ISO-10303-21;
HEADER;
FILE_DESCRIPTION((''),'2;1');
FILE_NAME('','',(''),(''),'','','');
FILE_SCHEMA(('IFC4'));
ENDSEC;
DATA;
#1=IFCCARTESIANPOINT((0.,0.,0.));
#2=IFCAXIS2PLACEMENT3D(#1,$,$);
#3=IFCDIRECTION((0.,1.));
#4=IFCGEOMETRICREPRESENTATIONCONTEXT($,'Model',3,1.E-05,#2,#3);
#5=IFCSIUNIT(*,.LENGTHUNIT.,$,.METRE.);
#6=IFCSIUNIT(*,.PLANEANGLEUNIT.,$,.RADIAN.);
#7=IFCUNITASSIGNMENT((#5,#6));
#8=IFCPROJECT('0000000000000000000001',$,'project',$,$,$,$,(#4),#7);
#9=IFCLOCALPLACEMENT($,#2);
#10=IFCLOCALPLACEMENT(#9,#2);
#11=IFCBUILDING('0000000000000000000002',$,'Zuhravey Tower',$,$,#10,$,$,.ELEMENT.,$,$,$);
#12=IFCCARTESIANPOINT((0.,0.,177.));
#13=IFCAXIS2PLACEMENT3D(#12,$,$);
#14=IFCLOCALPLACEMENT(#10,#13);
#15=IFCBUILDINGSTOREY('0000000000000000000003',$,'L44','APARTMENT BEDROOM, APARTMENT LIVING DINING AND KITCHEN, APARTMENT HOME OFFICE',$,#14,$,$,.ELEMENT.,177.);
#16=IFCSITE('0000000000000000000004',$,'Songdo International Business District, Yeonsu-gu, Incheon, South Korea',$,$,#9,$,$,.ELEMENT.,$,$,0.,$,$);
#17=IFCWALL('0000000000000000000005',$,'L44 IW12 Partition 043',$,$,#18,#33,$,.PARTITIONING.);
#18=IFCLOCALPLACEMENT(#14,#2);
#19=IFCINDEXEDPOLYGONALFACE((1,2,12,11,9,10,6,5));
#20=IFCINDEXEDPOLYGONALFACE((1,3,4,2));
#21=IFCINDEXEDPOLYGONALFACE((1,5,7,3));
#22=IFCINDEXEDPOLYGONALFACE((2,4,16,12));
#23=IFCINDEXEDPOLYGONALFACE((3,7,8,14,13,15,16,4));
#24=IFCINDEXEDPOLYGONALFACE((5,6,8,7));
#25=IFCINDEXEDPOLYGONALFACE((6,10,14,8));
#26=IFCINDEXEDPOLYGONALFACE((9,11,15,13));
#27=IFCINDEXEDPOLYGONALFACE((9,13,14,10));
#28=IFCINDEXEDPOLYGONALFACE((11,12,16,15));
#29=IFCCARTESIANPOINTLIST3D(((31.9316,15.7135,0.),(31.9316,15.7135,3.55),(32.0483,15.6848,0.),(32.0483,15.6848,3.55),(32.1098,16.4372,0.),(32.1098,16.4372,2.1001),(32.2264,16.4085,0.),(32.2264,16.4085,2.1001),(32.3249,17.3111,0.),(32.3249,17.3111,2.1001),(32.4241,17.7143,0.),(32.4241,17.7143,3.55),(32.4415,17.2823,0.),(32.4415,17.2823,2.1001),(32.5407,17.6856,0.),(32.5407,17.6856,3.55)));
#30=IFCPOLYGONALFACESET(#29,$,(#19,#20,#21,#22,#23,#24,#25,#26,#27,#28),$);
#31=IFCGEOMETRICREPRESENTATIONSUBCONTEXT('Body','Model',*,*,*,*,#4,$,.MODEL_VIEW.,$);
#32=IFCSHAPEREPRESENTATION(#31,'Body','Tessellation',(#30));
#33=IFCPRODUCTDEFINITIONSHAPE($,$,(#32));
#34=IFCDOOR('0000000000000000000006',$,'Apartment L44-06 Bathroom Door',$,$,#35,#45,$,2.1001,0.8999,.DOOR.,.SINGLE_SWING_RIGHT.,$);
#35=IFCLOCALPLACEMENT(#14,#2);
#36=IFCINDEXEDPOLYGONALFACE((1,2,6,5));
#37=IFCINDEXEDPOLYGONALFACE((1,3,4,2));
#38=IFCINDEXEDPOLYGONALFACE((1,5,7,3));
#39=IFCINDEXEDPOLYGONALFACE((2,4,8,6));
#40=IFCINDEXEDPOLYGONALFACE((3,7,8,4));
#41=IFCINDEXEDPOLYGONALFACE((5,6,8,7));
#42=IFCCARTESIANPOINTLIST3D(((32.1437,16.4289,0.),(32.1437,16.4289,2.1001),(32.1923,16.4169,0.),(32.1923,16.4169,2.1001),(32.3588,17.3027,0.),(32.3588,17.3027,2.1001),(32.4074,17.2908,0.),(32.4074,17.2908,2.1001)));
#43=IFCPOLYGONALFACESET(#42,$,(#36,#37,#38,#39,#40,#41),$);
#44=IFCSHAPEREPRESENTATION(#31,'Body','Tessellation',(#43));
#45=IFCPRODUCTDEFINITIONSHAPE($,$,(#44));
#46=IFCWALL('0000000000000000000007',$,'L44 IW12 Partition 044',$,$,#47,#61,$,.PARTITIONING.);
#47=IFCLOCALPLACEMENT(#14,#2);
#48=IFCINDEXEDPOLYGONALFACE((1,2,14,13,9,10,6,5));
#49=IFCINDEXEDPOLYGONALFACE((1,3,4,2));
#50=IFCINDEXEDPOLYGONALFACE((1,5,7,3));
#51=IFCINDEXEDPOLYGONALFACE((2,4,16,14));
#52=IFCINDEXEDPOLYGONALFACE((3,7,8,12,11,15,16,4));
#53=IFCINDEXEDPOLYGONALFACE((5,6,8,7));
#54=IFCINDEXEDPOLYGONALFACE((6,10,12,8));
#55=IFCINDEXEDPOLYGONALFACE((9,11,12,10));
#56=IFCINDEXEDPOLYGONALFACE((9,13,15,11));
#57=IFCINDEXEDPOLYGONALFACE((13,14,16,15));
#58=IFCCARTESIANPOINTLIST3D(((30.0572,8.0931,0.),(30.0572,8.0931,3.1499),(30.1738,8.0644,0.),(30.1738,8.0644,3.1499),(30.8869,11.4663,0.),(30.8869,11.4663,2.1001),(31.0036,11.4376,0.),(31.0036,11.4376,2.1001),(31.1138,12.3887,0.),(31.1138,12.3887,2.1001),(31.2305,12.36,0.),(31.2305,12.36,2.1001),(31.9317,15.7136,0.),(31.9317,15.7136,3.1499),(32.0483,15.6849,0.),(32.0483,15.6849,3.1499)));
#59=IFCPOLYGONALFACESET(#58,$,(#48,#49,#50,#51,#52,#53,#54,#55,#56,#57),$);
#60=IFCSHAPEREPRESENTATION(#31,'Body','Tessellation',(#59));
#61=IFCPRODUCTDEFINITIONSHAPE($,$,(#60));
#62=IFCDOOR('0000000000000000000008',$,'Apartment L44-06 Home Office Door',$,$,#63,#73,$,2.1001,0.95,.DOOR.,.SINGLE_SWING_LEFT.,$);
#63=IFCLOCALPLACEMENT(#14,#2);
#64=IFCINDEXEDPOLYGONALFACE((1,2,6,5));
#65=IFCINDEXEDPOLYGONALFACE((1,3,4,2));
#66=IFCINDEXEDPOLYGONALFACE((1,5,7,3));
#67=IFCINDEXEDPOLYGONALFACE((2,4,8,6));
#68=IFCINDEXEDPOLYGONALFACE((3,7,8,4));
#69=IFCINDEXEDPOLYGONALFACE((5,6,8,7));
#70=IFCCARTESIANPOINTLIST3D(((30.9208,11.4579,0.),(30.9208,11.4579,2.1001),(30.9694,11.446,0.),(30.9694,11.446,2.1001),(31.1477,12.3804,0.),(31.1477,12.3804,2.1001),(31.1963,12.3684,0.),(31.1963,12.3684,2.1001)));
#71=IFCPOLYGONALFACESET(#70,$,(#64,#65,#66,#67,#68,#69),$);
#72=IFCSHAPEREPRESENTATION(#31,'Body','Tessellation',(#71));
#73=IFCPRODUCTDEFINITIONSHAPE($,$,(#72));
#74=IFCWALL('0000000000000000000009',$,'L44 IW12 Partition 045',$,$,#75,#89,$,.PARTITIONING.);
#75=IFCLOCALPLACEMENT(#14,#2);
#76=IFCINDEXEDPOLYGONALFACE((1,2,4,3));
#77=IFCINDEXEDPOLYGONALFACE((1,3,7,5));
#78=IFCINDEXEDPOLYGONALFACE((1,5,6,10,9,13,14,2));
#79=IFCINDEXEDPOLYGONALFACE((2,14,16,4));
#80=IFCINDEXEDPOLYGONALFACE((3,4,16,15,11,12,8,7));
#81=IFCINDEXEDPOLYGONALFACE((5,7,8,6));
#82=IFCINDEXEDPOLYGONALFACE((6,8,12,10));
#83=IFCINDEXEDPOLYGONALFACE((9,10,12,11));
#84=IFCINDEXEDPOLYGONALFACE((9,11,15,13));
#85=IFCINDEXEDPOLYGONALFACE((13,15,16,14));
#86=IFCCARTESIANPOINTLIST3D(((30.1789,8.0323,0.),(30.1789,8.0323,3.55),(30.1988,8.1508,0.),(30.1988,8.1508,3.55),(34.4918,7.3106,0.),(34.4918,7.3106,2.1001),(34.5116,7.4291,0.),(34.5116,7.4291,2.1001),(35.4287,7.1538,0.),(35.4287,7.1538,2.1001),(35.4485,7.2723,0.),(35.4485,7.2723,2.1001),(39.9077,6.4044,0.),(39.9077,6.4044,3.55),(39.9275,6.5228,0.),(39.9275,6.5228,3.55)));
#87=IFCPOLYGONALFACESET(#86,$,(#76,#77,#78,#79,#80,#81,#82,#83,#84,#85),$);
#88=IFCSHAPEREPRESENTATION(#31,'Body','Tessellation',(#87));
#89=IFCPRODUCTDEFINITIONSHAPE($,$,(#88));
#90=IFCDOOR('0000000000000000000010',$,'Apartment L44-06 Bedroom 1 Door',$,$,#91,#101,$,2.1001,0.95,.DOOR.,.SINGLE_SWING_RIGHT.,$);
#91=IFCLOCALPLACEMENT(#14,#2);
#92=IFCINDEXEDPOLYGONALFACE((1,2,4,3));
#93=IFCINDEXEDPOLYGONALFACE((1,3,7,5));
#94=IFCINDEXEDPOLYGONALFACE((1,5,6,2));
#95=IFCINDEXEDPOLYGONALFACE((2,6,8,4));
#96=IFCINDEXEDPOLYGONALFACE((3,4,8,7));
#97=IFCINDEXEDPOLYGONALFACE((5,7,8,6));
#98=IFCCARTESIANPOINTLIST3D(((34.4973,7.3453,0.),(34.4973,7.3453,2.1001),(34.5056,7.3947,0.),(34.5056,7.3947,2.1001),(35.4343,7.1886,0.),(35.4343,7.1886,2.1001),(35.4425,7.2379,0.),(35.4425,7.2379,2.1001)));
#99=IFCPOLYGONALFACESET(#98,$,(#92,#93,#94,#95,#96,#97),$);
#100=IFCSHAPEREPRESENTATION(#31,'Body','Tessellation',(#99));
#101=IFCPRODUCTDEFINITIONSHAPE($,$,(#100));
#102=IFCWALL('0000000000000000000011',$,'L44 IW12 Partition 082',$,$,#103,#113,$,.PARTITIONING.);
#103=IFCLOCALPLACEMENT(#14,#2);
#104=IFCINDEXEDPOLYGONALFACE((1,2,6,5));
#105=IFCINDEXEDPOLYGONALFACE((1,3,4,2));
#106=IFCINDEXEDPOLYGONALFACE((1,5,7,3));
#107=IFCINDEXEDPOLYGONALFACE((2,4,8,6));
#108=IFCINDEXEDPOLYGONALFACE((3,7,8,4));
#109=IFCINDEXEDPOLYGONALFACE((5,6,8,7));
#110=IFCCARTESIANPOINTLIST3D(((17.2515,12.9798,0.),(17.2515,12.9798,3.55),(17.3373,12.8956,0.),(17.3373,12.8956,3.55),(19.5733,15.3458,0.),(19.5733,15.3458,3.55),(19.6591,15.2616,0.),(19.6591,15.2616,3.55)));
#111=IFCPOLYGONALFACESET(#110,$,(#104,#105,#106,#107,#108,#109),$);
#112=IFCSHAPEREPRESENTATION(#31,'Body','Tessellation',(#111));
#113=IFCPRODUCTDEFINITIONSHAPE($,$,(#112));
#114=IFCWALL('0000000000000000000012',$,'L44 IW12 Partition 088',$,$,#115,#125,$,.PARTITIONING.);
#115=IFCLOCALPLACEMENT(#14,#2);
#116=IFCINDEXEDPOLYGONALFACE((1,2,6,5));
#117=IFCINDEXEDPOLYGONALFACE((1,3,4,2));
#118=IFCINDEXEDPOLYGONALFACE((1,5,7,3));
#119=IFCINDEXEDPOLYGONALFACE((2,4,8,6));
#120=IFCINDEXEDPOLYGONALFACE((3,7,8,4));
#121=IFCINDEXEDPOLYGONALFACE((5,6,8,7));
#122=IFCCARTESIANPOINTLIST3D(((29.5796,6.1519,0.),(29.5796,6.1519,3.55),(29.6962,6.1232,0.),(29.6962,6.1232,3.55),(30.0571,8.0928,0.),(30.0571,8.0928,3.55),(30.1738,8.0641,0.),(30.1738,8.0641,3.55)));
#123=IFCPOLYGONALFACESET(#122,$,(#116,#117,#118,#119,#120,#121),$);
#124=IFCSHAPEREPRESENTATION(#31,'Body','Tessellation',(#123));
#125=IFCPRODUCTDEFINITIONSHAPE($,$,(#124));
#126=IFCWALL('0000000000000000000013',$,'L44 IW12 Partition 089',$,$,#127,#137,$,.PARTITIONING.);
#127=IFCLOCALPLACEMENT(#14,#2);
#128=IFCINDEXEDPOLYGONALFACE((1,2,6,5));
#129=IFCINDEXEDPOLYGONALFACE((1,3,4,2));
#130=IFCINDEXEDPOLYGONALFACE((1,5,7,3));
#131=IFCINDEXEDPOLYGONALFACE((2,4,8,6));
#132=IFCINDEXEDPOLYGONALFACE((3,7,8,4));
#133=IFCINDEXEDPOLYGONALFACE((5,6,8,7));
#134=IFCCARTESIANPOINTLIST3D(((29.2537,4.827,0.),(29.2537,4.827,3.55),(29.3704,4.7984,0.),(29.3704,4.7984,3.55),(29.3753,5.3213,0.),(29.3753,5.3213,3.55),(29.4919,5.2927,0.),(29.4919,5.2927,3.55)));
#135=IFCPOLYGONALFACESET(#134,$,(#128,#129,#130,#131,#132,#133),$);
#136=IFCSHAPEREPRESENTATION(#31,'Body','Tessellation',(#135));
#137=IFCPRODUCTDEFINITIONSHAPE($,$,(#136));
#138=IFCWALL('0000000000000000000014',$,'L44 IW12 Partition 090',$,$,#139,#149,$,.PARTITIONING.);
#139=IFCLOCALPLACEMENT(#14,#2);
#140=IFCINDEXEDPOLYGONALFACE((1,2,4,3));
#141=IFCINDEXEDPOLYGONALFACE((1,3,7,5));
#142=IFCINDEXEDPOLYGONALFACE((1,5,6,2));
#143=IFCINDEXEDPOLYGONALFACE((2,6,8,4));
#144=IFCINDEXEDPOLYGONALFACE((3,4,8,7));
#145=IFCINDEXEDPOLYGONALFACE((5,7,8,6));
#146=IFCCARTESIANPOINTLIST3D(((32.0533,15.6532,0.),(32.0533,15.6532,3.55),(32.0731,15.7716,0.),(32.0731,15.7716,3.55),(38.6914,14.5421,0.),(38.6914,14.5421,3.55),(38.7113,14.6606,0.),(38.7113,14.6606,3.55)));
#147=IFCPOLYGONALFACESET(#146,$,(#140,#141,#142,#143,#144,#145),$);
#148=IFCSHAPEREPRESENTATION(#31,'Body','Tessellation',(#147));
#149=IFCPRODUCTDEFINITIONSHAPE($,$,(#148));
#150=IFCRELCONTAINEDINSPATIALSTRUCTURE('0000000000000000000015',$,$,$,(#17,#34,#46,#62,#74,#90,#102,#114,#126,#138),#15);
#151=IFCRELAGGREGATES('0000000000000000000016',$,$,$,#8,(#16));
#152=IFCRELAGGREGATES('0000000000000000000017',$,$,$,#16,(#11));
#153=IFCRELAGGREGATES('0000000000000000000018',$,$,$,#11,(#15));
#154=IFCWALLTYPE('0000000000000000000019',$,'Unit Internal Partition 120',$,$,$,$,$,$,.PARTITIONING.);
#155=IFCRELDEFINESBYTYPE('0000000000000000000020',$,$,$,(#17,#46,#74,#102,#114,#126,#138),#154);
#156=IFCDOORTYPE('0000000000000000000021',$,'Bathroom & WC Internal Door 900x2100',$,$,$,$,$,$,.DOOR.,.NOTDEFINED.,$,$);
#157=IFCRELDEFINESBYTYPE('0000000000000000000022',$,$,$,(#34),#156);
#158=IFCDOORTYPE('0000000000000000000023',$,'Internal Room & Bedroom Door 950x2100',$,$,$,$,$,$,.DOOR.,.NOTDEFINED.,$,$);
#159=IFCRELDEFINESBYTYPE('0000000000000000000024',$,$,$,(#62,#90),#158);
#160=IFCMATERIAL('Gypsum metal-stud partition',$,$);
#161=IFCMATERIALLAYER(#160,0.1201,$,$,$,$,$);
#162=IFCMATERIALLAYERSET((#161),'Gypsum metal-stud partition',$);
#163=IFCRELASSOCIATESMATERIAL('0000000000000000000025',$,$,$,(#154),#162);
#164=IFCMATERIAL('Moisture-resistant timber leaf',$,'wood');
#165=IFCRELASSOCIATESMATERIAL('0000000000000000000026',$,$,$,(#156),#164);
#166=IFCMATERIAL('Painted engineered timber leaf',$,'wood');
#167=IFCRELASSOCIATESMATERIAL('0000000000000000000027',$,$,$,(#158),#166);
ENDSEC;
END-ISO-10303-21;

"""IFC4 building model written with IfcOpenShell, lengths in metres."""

from ifc_helpers import new_model, si_unit, direction, frame, frame_2d, origin, place, context, subcontext, project, spatial, rectangle, extrude, material, layer, layer_set, type_object, element, fill, save


model = new_model("IFC4")

# Units and contexts
model_context = context("Model", 3, precision=1e-05, world=origin(), true_north=direction((0.0, 1.0)))
body_context = subcontext(model_context, "Body", "Model", "MODEL_VIEW")
ifc_project = project(units=[si_unit("LENGTHUNIT", "METRE"), si_unit("PLANEANGLEUNIT", "RADIAN")], contexts=[model_context])

# Site, building, storey
site_placement = place(None, origin())
site = spatial("IfcSite", under=ifc_project, at=site_placement, Name="Songdo International Business District, Yeonsu-gu, Incheon, South Korea", CompositionType="ELEMENT", RefElevation=0.0)
building_placement = place(site_placement, origin())
building = spatial("IfcBuilding", under=site, at=building_placement, Name="Zuhravey Tower", CompositionType="ELEMENT")
storey_placement = place(building_placement, frame((0.0, 0.0, 177.0)))
storey = spatial("IfcBuildingStorey", under=building, at=storey_placement, Name="L44", Description="APARTMENT BEDROOM, APARTMENT LIVING DINING AND KITCHEN, APARTMENT HOME OFFICE", CompositionType="ELEMENT", Elevation=177.0)

# Walls, openings, doors
ifc_material_1 = material(Name="Gypsum metal-stud partition")
ifc_layer_1 = layer(ifc_material_1, 0.1201)
ifc_layer_set_1 = layer_set([ifc_layer_1], Name="Gypsum metal-stud partition")
wall_type_1 = type_object("IfcWallType", Name="Unit Internal Partition 120", PredefinedType="PARTITIONING", material=ifc_layer_set_1)
wall_1_placement = place(storey_placement, frame((32.4824, 17.7, 0.0), z_axis=(0.0, 0.0, 1.0), x_axis=(-0.238993, -0.971021, 0.0)))
wall_1 = element("IfcWall", 1, at=wall_1_placement, inside=storey, type_object=wall_type_1, Name="L44 IW12 Partition 043", PredefinedType="PARTITIONING", context=body_context, shape_type="SweptSolid", body=[
    extrude(rectangle(XDim=2.0605, YDim=0.1201, at=frame_2d((1.0303, 0.0))), origin(), (0.0, 0.0, 1.0), 3.55),
])
opening_1_placement = place(wall_1_placement, frame((0.4153, 0.0, 0.0)))
opening_1 = element("IfcOpeningElement", 2, at=opening_1_placement, cuts=wall_1, PredefinedType="OPENING", context=body_context, shape_type="SweptSolid", body=[
    extrude(rectangle(XDim=0.8999, YDim=2.1001, at=frame_2d((0.45, 1.05))), frame((0.0, 0.072, 0.0), z_axis=(0.0, -1.0, 0.0), x_axis=(1.0, 0.0, 0.0)), (0.0, 0.0, 1.0), 0.144),
])
ifc_material_2 = material(Name="Moisture-resistant timber leaf", Category="wood")
door_type_1 = type_object("IfcDoorType", Name="Bathroom & WC Internal Door 900x2100", OperationType="NOTDEFINED", PredefinedType="DOOR", material=ifc_material_2)
door_1_placement = place(opening_1_placement, origin())
door_1 = element("IfcDoor", 3, at=door_1_placement, inside=storey, type_object=door_type_1, Name="Apartment L44-06 Bathroom Door", OperationType="SINGLE_SWING_RIGHT", OverallHeight=2.1001, OverallWidth=0.8999, PredefinedType="DOOR", context=body_context, shape_type="SweptSolid", body=[
    extrude(rectangle(XDim=0.8999, YDim=2.1001, at=frame_2d((0.45, 1.05))), frame((0.0, 0.0249, 0.0), z_axis=(0.0, -1.0, 0.0), x_axis=(1.0, 0.0, 0.0)), (0.0, 0.0, 1.0), 0.05),
])
fill(opening_1, door_1)
wall_2_placement = place(storey_placement, frame((31.99, 15.6992, 0.0), z_axis=(0.0, 0.0, 1.0), x_axis=(-0.238859, -0.971054, 0.0)))
wall_2 = element("IfcWall", 4, at=wall_2_placement, inside=storey, type_object=wall_type_1, Name="L44 IW12 Partition 044", PredefinedType="PARTITIONING", context=body_context, shape_type="SweptSolid", body=[
    extrude(rectangle(XDim=7.8477, YDim=0.1201, at=frame_2d((3.9238, 0.0))), origin(), (0.0, 0.0, 1.0), 3.1499),
])
opening_2_placement = place(wall_2_placement, frame((3.4238, 0.0, 0.0)))
opening_2 = element("IfcOpeningElement", 5, at=opening_2_placement, cuts=wall_2, PredefinedType="OPENING", context=body_context, shape_type="SweptSolid", body=[
    extrude(rectangle(XDim=0.95, YDim=2.1001, at=frame_2d((0.4751, 1.05))), frame((0.0, 0.072, 0.0), z_axis=(0.0, -1.0, 0.0), x_axis=(1.0, 0.0, 0.0)), (0.0, 0.0, 1.0), 0.144),
])
ifc_material_3 = material(Name="Painted engineered timber leaf", Category="wood")
door_type_2 = type_object("IfcDoorType", Name="Internal Room & Bedroom Door 950x2100", OperationType="NOTDEFINED", PredefinedType="DOOR", material=ifc_material_3)
door_2_placement = place(opening_2_placement, origin())
door_2 = element("IfcDoor", 6, at=door_2_placement, inside=storey, type_object=door_type_2, Name="Apartment L44-06 Home Office Door", OperationType="SINGLE_SWING_LEFT", OverallHeight=2.1001, OverallWidth=0.95, PredefinedType="DOOR", context=body_context, shape_type="SweptSolid", body=[
    extrude(rectangle(XDim=0.95, YDim=2.1001, at=frame_2d((0.4751, 1.05))), frame((0.0, 0.0249, 0.0), z_axis=(0.0, -1.0, 0.0), x_axis=(1.0, 0.0, 0.0)), (0.0, 0.0, 1.0), 0.05),
])
fill(opening_2, door_2)
wall_3_placement = place(storey_placement, frame((30.1887, 8.0916, 0.0), z_axis=(0.0, 0.0, 1.0), x_axis=(0.986287, -0.165037, 0.0)))
wall_3 = element("IfcWall", 7, at=wall_3_placement, inside=storey, type_object=wall_type_1, Name="L44 IW12 Partition 045", PredefinedType="PARTITIONING", context=body_context, shape_type="SweptSolid", body=[
    extrude(rectangle(XDim=9.864, YDim=0.1201, at=frame_2d((4.9321, 0.0))), origin(), (0.0, 0.0, 1.0), 3.55),
])
opening_3_placement = place(wall_3_placement, frame((4.3728, 0.0, 0.0)))
opening_3 = element("IfcOpeningElement", 8, at=opening_3_placement, cuts=wall_3, PredefinedType="OPENING", context=body_context, shape_type="SweptSolid", body=[
    extrude(rectangle(XDim=0.95, YDim=2.1001, at=frame_2d((0.4751, 1.05))), frame((0.0, 0.072, 0.0), z_axis=(0.0, -1.0, 0.0), x_axis=(1.0, 0.0, 0.0)), (0.0, 0.0, 1.0), 0.144),
])
door_3_placement = place(opening_3_placement, frame((0.95, 0.0, 0.0), z_axis=(0.0, 0.0, 1.0), x_axis=(-1.0, 0.0, 0.0)))
door_3 = element("IfcDoor", 9, at=door_3_placement, inside=storey, type_object=door_type_2, Name="Apartment L44-06 Bedroom 1 Door", OperationType="SINGLE_SWING_RIGHT", OverallHeight=2.1001, OverallWidth=0.95, PredefinedType="DOOR", context=body_context, shape_type="SweptSolid", body=[
    extrude(rectangle(XDim=0.95, YDim=2.1001, at=frame_2d((0.4751, 1.05))), frame((0.0, 0.0249, 0.0), z_axis=(0.0, -1.0, 0.0), x_axis=(1.0, 0.0, 0.0)), (0.0, 0.0, 1.0), 0.05),
])
fill(opening_3, door_3)

# Walls
wall_4_placement = place(storey_placement, frame((19.6162, 15.3037, 0.0), z_axis=(0.0, 0.0, 1.0), x_axis=(-0.70041, -0.713741, 0.0)))
element("IfcWall", 10, at=wall_4_placement, inside=storey, type_object=wall_type_1, Name="L44 IW12 Partition 082", PredefinedType="PARTITIONING", context=body_context, shape_type="SweptSolid", body=[
    extrude(rectangle(XDim=3.3149, YDim=0.1201, at=frame_2d((1.6575, 0.0))), origin(), (0.0, 0.0, 1.0), 3.55),
])
wall_5_placement = place(storey_placement, frame((30.1155, 8.0786, 0.0), z_axis=(0.0, 0.0, 1.0), x_axis=(-0.238913, -0.971041, 0.0)))
element("IfcWall", 11, at=wall_5_placement, inside=storey, type_object=wall_type_1, Name="L44 IW12 Partition 088", PredefinedType="PARTITIONING", context=body_context, shape_type="SweptSolid", body=[
    extrude(rectangle(XDim=1.9988, YDim=0.1201, at=frame_2d((0.9995, 0.0))), origin(), (0.0, 0.0, 1.0), 3.55),
])
wall_6_placement = place(storey_placement, frame((29.4336, 5.3069, 0.0), z_axis=(0.0, 0.0, 1.0), x_axis=(-0.23881, -0.971066, 0.0)))
element("IfcWall", 12, at=wall_6_placement, inside=storey, type_object=wall_type_1, Name="L44 IW12 Partition 089", PredefinedType="PARTITIONING", context=body_context, shape_type="SweptSolid", body=[
    extrude(rectangle(XDim=0.509, YDim=0.1201, at=frame_2d((0.2544, 0.0))), origin(), (0.0, 0.0, 1.0), 3.55),
])
wall_7_placement = place(storey_placement, frame((32.0632, 15.7124, 0.0), z_axis=(0.0, 0.0, 1.0), x_axis=(0.98628, -0.165081, 0.0)))
element("IfcWall", 13, at=wall_7_placement, inside=storey, type_object=wall_type_1, Name="L44 IW12 Partition 090", PredefinedType="PARTITIONING", context=body_context, shape_type="SweptSolid", body=[
    extrude(rectangle(XDim=6.7305, YDim=0.1201, at=frame_2d((3.3652, 0.0))), origin(), (0.0, 0.0, 1.0), 3.55),
])

save(model, "model.ifc")
